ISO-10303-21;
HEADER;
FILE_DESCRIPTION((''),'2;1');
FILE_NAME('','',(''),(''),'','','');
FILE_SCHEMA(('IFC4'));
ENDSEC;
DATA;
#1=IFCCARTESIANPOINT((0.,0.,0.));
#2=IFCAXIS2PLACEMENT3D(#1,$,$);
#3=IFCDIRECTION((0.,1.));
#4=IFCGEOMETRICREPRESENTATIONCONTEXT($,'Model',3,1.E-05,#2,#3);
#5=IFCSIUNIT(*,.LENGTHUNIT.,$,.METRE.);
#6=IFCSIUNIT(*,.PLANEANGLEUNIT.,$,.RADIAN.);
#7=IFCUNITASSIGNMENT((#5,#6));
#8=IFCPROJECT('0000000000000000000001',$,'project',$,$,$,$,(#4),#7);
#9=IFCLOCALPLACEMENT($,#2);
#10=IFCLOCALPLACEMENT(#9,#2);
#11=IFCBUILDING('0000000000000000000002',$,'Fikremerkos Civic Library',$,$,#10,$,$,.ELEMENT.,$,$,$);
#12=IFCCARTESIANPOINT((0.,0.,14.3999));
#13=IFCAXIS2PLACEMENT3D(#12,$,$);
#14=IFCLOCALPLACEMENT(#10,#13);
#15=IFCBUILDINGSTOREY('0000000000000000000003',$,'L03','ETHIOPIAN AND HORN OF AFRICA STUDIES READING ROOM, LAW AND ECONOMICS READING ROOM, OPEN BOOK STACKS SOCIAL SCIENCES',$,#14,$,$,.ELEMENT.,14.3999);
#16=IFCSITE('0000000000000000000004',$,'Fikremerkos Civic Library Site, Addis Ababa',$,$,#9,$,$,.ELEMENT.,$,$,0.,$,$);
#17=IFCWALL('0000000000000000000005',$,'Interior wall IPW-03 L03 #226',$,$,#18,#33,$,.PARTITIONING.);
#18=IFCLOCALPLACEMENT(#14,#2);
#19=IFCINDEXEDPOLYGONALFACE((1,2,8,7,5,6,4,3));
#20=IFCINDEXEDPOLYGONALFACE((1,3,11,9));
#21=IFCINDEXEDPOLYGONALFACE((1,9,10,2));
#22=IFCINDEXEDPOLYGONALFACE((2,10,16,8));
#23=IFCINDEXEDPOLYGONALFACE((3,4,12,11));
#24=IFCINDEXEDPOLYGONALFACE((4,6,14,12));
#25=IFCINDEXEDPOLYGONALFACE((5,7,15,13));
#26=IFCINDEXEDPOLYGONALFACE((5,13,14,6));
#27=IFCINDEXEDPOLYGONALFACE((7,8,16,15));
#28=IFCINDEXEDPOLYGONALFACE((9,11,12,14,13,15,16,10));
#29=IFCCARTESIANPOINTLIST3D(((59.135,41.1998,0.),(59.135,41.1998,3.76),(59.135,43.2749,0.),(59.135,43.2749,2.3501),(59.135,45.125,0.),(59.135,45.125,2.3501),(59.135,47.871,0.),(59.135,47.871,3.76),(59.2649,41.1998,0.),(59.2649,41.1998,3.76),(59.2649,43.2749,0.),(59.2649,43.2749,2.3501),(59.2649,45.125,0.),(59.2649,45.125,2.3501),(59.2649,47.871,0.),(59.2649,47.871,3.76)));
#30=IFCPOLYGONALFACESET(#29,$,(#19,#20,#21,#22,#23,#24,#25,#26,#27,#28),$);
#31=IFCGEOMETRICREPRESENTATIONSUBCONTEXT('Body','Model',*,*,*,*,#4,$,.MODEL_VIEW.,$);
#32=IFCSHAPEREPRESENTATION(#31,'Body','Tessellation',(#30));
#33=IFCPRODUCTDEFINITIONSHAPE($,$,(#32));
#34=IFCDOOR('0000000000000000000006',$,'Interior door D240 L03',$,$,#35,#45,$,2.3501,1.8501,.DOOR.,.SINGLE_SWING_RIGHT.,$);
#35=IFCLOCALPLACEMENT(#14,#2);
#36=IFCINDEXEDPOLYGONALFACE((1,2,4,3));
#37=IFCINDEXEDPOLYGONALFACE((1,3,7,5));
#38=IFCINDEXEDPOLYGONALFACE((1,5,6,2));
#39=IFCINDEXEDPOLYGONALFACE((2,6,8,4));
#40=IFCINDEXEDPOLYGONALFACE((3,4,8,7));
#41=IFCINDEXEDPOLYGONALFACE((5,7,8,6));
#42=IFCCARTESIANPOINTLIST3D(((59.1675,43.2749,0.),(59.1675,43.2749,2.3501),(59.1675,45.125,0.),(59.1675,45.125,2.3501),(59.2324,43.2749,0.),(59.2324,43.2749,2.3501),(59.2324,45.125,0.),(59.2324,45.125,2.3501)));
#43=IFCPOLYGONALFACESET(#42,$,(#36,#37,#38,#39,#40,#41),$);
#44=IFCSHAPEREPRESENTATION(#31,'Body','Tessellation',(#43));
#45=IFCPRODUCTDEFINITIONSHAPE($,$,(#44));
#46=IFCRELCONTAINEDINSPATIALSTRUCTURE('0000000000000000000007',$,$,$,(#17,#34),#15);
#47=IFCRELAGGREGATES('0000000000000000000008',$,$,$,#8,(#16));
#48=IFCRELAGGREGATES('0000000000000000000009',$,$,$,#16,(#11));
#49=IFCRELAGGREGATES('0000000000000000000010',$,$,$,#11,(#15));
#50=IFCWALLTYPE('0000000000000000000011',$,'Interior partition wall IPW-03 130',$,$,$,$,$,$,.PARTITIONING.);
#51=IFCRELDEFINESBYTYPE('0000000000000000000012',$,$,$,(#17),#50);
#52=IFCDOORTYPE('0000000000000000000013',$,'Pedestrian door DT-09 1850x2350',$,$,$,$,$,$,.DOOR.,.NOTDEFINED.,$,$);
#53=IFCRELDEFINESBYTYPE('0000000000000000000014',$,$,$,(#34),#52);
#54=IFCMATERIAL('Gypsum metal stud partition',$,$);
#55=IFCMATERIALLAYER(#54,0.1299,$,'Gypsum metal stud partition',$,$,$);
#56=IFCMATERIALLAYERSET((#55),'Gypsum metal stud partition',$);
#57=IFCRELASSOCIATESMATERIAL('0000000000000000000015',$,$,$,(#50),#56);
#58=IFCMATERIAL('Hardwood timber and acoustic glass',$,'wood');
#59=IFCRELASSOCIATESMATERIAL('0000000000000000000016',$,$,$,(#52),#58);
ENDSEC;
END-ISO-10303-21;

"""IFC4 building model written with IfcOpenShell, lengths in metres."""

from ifc_helpers import new_model, si_unit, direction, frame, frame_2d, origin, place, context, subcontext, project, spatial, rectangle, extrude, material, layer, layer_set, type_object, element, fill, save


model = new_model("IFC4")

# Units and contexts
model_context = context("Model", 3, precision=1e-05, world=origin(), true_north=direction((0.0, 1.0)))
body_context = subcontext(model_context, "Body", "Model", "MODEL_VIEW")
ifc_project = project(units=[si_unit("LENGTHUNIT", "METRE"), si_unit("PLANEANGLEUNIT", "RADIAN")], contexts=[model_context])

# Site, building, storey
site_placement = place(None, origin())
site = spatial("IfcSite", under=ifc_project, at=site_placement, Name="Fikremerkos Civic Library Site, Addis Ababa", CompositionType="ELEMENT", RefElevation=0.0)
building_placement = place(site_placement, origin())
building = spatial("IfcBuilding", under=site, at=building_placement, Name="Fikremerkos Civic Library", CompositionType="ELEMENT")
storey_placement = place(building_placement, frame((0.0, 0.0, 14.3999)))
storey = spatial("IfcBuildingStorey", under=building, at=storey_placement, Name="L03", Description="ETHIOPIAN AND HORN OF AFRICA STUDIES READING ROOM, LAW AND ECONOMICS READING ROOM, OPEN BOOK STACKS SOCIAL SCIENCES", CompositionType="ELEMENT", Elevation=14.3999)

# Wall, opening, door
ifc_material_1 = material(Name="Gypsum metal stud partition")
ifc_layer_1 = layer(ifc_material_1, 0.1299, Name="Gypsum metal stud partition")
ifc_layer_set_1 = layer_set([ifc_layer_1], Name="Gypsum metal stud partition")
wall_type_1 = type_object("IfcWallType", Name="Interior partition wall IPW-03 130", PredefinedType="PARTITIONING", material=ifc_layer_set_1)
wall_1_placement = place(storey_placement, frame((59.2, 41.2, 0.0), z_axis=(0.0, 0.0, 1.0), x_axis=(0.0, 1.0, 0.0)))
wall_1 = element("IfcWall", 1, at=wall_1_placement, inside=storey, type_object=wall_type_1, Name="Interior wall IPW-03 L03 #226", PredefinedType="PARTITIONING", context=body_context, shape_type="SweptSolid", body=[
    extrude(rectangle(XDim=6.6711, YDim=0.1299, at=frame_2d((3.3354, 0.0))), origin(), (0.0, 0.0, 1.0), 3.76),
])
opening_placement = place(wall_1_placement, frame((2.075, 0.0, 0.0)))
opening = element("IfcOpeningElement", 2, at=opening_placement, cuts=wall_1, PredefinedType="OPENING", context=body_context, shape_type="SweptSolid", body=[
    extrude(rectangle(XDim=1.8501, YDim=2.3501, at=frame_2d((0.925, 1.175))), frame((0.0, 0.075, 0.0), z_axis=(0.0, -1.0, 0.0), x_axis=(1.0, 0.0, 0.0)), (0.0, 0.0, 1.0), 0.1499),
])
ifc_material_2 = material(Name="Hardwood timber and acoustic glass", Category="wood")
door_type = type_object("IfcDoorType", Name="Pedestrian door DT-09 1850x2350", OperationType="NOTDEFINED", PredefinedType="DOOR", material=ifc_material_2)
door_placement = place(opening_placement, origin())
door = element("IfcDoor", 3, at=door_placement, inside=storey, type_object=door_type, Name="Interior door D240 L03", OperationType="SINGLE_SWING_RIGHT", OverallHeight=2.3501, OverallWidth=1.8501, PredefinedType="DOOR", context=body_context, shape_type="SweptSolid", body=[
    extrude(rectangle(XDim=1.8501, YDim=2.3501, at=frame_2d((0.925, 1.175))), frame((0.0, 0.0325, 0.0), z_axis=(0.0, -1.0, 0.0), x_axis=(1.0, 0.0, 0.0)), (0.0, 0.0, 1.0), 0.0649),
])
fill(opening, door)

save(model, "model.ifc")
